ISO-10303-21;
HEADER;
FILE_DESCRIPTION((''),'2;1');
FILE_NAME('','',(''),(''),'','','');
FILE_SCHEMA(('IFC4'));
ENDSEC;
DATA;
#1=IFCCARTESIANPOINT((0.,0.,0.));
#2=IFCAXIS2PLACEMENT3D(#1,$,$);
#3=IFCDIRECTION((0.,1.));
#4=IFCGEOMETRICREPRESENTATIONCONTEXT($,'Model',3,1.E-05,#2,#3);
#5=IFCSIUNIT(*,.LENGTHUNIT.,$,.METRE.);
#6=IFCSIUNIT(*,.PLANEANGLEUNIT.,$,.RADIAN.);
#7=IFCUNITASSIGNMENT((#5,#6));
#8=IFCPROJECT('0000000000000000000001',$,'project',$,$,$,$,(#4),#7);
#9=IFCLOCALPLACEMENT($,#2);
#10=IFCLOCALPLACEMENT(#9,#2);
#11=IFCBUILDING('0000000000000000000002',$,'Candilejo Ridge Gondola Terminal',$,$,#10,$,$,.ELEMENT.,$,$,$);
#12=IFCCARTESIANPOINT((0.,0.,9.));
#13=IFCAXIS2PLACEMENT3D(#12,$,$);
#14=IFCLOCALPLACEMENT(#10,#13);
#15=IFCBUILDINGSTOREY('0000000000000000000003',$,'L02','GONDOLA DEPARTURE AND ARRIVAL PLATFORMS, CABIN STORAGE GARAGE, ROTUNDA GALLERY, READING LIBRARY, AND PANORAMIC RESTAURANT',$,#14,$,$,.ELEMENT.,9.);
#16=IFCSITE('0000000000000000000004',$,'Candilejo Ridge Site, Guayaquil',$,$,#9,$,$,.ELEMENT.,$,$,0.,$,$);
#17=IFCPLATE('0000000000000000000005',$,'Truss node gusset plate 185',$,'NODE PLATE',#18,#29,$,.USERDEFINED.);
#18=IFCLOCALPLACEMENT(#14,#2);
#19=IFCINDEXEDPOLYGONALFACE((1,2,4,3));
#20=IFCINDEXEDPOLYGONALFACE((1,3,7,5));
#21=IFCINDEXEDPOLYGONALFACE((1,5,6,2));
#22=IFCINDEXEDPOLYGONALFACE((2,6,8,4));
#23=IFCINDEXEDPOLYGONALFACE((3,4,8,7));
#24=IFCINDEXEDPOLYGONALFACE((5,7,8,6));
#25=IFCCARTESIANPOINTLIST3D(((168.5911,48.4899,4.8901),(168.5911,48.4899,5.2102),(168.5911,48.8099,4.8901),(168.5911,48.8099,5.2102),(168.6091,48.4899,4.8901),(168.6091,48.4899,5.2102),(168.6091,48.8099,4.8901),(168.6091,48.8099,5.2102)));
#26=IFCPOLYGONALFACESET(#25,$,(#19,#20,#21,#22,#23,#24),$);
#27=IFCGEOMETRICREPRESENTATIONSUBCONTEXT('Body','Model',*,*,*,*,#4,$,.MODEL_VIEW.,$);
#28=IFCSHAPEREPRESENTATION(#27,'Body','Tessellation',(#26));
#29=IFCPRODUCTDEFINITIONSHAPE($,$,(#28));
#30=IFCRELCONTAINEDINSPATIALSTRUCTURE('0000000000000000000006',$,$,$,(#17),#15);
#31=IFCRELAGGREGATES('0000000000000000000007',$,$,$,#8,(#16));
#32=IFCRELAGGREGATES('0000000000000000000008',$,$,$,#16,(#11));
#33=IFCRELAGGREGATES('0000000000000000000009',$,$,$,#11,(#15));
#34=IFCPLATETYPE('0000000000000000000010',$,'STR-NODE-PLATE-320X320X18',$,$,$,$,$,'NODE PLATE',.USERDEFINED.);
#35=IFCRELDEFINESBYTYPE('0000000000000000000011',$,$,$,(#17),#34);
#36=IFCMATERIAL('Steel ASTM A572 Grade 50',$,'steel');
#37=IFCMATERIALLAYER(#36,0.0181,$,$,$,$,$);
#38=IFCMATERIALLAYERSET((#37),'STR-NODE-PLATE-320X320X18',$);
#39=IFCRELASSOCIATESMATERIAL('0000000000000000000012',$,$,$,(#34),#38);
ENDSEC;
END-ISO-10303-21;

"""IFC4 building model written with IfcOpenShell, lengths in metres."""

from ifc_helpers import new_model, si_unit, direction, frame, origin, origin_2d, place, context, subcontext, project, spatial, rectangle, extrude, material, layer, layer_set, type_object, element, save


model = new_model("IFC4")

# Units and contexts
model_context = context("Model", 3, precision=1e-05, world=origin(), true_north=direction((0.0, 1.0)))
body_context = subcontext(model_context, "Body", "Model", "MODEL_VIEW")
ifc_project = project(units=[si_unit("LENGTHUNIT", "METRE"), si_unit("PLANEANGLEUNIT", "RADIAN")], contexts=[model_context])

# Site, building, storey
site_placement = place(None, origin())
site = spatial("IfcSite", under=ifc_project, at=site_placement, Name="Candilejo Ridge Site, Guayaquil", CompositionType="ELEMENT", RefElevation=0.0)
building_placement = place(site_placement, origin())
building = spatial("IfcBuilding", under=site, at=building_placement, Name="Candilejo Ridge Gondola Terminal", CompositionType="ELEMENT")
storey_placement = place(building_placement, frame((0.0, 0.0, 9.0)))
storey = spatial("IfcBuildingStorey", under=building, at=storey_placement, Name="L02", Description="GONDOLA DEPARTURE AND ARRIVAL PLATFORMS, CABIN STORAGE GARAGE, ROTUNDA GALLERY, READING LIBRARY, AND PANORAMIC RESTAURANT", CompositionType="ELEMENT", Elevation=9.0)

# Plate
ifc_material_1 = material(Name="Steel ASTM A572 Grade 50", Category="steel")
ifc_layer_1 = layer(ifc_material_1, 0.0181)
ifc_layer_set_1 = layer_set([ifc_layer_1], Name="STR-NODE-PLATE-320X320X18")
plate_type_1 = type_object("IfcPlateType", Name="STR-NODE-PLATE-320X320X18", ElementType="NODE PLATE", PredefinedType="USERDEFINED", material=ifc_layer_set_1)
for number, where, z_axis, x_axis, name in (
    (1, (168.6001, 48.6499, 4.8901), (0.0, 0.0, 1.0), (1.0, 0.0, 0.0), "Truss node gusset plate 185"),
):
    element("IfcPlate", number, at=place(storey_placement, frame(where, z_axis=z_axis, x_axis=x_axis)), inside=storey, type_object=plate_type_1, Name=name, ObjectType="NODE PLATE", PredefinedType="USERDEFINED", context=body_context, shape_type="SweptSolid", body=[
        extrude(rectangle(XDim=0.0181, YDim=0.3201, at=origin_2d()), origin(), (0.0, 0.0, 1.0), 0.3201),
    ])

save(model, "model.ifc")
